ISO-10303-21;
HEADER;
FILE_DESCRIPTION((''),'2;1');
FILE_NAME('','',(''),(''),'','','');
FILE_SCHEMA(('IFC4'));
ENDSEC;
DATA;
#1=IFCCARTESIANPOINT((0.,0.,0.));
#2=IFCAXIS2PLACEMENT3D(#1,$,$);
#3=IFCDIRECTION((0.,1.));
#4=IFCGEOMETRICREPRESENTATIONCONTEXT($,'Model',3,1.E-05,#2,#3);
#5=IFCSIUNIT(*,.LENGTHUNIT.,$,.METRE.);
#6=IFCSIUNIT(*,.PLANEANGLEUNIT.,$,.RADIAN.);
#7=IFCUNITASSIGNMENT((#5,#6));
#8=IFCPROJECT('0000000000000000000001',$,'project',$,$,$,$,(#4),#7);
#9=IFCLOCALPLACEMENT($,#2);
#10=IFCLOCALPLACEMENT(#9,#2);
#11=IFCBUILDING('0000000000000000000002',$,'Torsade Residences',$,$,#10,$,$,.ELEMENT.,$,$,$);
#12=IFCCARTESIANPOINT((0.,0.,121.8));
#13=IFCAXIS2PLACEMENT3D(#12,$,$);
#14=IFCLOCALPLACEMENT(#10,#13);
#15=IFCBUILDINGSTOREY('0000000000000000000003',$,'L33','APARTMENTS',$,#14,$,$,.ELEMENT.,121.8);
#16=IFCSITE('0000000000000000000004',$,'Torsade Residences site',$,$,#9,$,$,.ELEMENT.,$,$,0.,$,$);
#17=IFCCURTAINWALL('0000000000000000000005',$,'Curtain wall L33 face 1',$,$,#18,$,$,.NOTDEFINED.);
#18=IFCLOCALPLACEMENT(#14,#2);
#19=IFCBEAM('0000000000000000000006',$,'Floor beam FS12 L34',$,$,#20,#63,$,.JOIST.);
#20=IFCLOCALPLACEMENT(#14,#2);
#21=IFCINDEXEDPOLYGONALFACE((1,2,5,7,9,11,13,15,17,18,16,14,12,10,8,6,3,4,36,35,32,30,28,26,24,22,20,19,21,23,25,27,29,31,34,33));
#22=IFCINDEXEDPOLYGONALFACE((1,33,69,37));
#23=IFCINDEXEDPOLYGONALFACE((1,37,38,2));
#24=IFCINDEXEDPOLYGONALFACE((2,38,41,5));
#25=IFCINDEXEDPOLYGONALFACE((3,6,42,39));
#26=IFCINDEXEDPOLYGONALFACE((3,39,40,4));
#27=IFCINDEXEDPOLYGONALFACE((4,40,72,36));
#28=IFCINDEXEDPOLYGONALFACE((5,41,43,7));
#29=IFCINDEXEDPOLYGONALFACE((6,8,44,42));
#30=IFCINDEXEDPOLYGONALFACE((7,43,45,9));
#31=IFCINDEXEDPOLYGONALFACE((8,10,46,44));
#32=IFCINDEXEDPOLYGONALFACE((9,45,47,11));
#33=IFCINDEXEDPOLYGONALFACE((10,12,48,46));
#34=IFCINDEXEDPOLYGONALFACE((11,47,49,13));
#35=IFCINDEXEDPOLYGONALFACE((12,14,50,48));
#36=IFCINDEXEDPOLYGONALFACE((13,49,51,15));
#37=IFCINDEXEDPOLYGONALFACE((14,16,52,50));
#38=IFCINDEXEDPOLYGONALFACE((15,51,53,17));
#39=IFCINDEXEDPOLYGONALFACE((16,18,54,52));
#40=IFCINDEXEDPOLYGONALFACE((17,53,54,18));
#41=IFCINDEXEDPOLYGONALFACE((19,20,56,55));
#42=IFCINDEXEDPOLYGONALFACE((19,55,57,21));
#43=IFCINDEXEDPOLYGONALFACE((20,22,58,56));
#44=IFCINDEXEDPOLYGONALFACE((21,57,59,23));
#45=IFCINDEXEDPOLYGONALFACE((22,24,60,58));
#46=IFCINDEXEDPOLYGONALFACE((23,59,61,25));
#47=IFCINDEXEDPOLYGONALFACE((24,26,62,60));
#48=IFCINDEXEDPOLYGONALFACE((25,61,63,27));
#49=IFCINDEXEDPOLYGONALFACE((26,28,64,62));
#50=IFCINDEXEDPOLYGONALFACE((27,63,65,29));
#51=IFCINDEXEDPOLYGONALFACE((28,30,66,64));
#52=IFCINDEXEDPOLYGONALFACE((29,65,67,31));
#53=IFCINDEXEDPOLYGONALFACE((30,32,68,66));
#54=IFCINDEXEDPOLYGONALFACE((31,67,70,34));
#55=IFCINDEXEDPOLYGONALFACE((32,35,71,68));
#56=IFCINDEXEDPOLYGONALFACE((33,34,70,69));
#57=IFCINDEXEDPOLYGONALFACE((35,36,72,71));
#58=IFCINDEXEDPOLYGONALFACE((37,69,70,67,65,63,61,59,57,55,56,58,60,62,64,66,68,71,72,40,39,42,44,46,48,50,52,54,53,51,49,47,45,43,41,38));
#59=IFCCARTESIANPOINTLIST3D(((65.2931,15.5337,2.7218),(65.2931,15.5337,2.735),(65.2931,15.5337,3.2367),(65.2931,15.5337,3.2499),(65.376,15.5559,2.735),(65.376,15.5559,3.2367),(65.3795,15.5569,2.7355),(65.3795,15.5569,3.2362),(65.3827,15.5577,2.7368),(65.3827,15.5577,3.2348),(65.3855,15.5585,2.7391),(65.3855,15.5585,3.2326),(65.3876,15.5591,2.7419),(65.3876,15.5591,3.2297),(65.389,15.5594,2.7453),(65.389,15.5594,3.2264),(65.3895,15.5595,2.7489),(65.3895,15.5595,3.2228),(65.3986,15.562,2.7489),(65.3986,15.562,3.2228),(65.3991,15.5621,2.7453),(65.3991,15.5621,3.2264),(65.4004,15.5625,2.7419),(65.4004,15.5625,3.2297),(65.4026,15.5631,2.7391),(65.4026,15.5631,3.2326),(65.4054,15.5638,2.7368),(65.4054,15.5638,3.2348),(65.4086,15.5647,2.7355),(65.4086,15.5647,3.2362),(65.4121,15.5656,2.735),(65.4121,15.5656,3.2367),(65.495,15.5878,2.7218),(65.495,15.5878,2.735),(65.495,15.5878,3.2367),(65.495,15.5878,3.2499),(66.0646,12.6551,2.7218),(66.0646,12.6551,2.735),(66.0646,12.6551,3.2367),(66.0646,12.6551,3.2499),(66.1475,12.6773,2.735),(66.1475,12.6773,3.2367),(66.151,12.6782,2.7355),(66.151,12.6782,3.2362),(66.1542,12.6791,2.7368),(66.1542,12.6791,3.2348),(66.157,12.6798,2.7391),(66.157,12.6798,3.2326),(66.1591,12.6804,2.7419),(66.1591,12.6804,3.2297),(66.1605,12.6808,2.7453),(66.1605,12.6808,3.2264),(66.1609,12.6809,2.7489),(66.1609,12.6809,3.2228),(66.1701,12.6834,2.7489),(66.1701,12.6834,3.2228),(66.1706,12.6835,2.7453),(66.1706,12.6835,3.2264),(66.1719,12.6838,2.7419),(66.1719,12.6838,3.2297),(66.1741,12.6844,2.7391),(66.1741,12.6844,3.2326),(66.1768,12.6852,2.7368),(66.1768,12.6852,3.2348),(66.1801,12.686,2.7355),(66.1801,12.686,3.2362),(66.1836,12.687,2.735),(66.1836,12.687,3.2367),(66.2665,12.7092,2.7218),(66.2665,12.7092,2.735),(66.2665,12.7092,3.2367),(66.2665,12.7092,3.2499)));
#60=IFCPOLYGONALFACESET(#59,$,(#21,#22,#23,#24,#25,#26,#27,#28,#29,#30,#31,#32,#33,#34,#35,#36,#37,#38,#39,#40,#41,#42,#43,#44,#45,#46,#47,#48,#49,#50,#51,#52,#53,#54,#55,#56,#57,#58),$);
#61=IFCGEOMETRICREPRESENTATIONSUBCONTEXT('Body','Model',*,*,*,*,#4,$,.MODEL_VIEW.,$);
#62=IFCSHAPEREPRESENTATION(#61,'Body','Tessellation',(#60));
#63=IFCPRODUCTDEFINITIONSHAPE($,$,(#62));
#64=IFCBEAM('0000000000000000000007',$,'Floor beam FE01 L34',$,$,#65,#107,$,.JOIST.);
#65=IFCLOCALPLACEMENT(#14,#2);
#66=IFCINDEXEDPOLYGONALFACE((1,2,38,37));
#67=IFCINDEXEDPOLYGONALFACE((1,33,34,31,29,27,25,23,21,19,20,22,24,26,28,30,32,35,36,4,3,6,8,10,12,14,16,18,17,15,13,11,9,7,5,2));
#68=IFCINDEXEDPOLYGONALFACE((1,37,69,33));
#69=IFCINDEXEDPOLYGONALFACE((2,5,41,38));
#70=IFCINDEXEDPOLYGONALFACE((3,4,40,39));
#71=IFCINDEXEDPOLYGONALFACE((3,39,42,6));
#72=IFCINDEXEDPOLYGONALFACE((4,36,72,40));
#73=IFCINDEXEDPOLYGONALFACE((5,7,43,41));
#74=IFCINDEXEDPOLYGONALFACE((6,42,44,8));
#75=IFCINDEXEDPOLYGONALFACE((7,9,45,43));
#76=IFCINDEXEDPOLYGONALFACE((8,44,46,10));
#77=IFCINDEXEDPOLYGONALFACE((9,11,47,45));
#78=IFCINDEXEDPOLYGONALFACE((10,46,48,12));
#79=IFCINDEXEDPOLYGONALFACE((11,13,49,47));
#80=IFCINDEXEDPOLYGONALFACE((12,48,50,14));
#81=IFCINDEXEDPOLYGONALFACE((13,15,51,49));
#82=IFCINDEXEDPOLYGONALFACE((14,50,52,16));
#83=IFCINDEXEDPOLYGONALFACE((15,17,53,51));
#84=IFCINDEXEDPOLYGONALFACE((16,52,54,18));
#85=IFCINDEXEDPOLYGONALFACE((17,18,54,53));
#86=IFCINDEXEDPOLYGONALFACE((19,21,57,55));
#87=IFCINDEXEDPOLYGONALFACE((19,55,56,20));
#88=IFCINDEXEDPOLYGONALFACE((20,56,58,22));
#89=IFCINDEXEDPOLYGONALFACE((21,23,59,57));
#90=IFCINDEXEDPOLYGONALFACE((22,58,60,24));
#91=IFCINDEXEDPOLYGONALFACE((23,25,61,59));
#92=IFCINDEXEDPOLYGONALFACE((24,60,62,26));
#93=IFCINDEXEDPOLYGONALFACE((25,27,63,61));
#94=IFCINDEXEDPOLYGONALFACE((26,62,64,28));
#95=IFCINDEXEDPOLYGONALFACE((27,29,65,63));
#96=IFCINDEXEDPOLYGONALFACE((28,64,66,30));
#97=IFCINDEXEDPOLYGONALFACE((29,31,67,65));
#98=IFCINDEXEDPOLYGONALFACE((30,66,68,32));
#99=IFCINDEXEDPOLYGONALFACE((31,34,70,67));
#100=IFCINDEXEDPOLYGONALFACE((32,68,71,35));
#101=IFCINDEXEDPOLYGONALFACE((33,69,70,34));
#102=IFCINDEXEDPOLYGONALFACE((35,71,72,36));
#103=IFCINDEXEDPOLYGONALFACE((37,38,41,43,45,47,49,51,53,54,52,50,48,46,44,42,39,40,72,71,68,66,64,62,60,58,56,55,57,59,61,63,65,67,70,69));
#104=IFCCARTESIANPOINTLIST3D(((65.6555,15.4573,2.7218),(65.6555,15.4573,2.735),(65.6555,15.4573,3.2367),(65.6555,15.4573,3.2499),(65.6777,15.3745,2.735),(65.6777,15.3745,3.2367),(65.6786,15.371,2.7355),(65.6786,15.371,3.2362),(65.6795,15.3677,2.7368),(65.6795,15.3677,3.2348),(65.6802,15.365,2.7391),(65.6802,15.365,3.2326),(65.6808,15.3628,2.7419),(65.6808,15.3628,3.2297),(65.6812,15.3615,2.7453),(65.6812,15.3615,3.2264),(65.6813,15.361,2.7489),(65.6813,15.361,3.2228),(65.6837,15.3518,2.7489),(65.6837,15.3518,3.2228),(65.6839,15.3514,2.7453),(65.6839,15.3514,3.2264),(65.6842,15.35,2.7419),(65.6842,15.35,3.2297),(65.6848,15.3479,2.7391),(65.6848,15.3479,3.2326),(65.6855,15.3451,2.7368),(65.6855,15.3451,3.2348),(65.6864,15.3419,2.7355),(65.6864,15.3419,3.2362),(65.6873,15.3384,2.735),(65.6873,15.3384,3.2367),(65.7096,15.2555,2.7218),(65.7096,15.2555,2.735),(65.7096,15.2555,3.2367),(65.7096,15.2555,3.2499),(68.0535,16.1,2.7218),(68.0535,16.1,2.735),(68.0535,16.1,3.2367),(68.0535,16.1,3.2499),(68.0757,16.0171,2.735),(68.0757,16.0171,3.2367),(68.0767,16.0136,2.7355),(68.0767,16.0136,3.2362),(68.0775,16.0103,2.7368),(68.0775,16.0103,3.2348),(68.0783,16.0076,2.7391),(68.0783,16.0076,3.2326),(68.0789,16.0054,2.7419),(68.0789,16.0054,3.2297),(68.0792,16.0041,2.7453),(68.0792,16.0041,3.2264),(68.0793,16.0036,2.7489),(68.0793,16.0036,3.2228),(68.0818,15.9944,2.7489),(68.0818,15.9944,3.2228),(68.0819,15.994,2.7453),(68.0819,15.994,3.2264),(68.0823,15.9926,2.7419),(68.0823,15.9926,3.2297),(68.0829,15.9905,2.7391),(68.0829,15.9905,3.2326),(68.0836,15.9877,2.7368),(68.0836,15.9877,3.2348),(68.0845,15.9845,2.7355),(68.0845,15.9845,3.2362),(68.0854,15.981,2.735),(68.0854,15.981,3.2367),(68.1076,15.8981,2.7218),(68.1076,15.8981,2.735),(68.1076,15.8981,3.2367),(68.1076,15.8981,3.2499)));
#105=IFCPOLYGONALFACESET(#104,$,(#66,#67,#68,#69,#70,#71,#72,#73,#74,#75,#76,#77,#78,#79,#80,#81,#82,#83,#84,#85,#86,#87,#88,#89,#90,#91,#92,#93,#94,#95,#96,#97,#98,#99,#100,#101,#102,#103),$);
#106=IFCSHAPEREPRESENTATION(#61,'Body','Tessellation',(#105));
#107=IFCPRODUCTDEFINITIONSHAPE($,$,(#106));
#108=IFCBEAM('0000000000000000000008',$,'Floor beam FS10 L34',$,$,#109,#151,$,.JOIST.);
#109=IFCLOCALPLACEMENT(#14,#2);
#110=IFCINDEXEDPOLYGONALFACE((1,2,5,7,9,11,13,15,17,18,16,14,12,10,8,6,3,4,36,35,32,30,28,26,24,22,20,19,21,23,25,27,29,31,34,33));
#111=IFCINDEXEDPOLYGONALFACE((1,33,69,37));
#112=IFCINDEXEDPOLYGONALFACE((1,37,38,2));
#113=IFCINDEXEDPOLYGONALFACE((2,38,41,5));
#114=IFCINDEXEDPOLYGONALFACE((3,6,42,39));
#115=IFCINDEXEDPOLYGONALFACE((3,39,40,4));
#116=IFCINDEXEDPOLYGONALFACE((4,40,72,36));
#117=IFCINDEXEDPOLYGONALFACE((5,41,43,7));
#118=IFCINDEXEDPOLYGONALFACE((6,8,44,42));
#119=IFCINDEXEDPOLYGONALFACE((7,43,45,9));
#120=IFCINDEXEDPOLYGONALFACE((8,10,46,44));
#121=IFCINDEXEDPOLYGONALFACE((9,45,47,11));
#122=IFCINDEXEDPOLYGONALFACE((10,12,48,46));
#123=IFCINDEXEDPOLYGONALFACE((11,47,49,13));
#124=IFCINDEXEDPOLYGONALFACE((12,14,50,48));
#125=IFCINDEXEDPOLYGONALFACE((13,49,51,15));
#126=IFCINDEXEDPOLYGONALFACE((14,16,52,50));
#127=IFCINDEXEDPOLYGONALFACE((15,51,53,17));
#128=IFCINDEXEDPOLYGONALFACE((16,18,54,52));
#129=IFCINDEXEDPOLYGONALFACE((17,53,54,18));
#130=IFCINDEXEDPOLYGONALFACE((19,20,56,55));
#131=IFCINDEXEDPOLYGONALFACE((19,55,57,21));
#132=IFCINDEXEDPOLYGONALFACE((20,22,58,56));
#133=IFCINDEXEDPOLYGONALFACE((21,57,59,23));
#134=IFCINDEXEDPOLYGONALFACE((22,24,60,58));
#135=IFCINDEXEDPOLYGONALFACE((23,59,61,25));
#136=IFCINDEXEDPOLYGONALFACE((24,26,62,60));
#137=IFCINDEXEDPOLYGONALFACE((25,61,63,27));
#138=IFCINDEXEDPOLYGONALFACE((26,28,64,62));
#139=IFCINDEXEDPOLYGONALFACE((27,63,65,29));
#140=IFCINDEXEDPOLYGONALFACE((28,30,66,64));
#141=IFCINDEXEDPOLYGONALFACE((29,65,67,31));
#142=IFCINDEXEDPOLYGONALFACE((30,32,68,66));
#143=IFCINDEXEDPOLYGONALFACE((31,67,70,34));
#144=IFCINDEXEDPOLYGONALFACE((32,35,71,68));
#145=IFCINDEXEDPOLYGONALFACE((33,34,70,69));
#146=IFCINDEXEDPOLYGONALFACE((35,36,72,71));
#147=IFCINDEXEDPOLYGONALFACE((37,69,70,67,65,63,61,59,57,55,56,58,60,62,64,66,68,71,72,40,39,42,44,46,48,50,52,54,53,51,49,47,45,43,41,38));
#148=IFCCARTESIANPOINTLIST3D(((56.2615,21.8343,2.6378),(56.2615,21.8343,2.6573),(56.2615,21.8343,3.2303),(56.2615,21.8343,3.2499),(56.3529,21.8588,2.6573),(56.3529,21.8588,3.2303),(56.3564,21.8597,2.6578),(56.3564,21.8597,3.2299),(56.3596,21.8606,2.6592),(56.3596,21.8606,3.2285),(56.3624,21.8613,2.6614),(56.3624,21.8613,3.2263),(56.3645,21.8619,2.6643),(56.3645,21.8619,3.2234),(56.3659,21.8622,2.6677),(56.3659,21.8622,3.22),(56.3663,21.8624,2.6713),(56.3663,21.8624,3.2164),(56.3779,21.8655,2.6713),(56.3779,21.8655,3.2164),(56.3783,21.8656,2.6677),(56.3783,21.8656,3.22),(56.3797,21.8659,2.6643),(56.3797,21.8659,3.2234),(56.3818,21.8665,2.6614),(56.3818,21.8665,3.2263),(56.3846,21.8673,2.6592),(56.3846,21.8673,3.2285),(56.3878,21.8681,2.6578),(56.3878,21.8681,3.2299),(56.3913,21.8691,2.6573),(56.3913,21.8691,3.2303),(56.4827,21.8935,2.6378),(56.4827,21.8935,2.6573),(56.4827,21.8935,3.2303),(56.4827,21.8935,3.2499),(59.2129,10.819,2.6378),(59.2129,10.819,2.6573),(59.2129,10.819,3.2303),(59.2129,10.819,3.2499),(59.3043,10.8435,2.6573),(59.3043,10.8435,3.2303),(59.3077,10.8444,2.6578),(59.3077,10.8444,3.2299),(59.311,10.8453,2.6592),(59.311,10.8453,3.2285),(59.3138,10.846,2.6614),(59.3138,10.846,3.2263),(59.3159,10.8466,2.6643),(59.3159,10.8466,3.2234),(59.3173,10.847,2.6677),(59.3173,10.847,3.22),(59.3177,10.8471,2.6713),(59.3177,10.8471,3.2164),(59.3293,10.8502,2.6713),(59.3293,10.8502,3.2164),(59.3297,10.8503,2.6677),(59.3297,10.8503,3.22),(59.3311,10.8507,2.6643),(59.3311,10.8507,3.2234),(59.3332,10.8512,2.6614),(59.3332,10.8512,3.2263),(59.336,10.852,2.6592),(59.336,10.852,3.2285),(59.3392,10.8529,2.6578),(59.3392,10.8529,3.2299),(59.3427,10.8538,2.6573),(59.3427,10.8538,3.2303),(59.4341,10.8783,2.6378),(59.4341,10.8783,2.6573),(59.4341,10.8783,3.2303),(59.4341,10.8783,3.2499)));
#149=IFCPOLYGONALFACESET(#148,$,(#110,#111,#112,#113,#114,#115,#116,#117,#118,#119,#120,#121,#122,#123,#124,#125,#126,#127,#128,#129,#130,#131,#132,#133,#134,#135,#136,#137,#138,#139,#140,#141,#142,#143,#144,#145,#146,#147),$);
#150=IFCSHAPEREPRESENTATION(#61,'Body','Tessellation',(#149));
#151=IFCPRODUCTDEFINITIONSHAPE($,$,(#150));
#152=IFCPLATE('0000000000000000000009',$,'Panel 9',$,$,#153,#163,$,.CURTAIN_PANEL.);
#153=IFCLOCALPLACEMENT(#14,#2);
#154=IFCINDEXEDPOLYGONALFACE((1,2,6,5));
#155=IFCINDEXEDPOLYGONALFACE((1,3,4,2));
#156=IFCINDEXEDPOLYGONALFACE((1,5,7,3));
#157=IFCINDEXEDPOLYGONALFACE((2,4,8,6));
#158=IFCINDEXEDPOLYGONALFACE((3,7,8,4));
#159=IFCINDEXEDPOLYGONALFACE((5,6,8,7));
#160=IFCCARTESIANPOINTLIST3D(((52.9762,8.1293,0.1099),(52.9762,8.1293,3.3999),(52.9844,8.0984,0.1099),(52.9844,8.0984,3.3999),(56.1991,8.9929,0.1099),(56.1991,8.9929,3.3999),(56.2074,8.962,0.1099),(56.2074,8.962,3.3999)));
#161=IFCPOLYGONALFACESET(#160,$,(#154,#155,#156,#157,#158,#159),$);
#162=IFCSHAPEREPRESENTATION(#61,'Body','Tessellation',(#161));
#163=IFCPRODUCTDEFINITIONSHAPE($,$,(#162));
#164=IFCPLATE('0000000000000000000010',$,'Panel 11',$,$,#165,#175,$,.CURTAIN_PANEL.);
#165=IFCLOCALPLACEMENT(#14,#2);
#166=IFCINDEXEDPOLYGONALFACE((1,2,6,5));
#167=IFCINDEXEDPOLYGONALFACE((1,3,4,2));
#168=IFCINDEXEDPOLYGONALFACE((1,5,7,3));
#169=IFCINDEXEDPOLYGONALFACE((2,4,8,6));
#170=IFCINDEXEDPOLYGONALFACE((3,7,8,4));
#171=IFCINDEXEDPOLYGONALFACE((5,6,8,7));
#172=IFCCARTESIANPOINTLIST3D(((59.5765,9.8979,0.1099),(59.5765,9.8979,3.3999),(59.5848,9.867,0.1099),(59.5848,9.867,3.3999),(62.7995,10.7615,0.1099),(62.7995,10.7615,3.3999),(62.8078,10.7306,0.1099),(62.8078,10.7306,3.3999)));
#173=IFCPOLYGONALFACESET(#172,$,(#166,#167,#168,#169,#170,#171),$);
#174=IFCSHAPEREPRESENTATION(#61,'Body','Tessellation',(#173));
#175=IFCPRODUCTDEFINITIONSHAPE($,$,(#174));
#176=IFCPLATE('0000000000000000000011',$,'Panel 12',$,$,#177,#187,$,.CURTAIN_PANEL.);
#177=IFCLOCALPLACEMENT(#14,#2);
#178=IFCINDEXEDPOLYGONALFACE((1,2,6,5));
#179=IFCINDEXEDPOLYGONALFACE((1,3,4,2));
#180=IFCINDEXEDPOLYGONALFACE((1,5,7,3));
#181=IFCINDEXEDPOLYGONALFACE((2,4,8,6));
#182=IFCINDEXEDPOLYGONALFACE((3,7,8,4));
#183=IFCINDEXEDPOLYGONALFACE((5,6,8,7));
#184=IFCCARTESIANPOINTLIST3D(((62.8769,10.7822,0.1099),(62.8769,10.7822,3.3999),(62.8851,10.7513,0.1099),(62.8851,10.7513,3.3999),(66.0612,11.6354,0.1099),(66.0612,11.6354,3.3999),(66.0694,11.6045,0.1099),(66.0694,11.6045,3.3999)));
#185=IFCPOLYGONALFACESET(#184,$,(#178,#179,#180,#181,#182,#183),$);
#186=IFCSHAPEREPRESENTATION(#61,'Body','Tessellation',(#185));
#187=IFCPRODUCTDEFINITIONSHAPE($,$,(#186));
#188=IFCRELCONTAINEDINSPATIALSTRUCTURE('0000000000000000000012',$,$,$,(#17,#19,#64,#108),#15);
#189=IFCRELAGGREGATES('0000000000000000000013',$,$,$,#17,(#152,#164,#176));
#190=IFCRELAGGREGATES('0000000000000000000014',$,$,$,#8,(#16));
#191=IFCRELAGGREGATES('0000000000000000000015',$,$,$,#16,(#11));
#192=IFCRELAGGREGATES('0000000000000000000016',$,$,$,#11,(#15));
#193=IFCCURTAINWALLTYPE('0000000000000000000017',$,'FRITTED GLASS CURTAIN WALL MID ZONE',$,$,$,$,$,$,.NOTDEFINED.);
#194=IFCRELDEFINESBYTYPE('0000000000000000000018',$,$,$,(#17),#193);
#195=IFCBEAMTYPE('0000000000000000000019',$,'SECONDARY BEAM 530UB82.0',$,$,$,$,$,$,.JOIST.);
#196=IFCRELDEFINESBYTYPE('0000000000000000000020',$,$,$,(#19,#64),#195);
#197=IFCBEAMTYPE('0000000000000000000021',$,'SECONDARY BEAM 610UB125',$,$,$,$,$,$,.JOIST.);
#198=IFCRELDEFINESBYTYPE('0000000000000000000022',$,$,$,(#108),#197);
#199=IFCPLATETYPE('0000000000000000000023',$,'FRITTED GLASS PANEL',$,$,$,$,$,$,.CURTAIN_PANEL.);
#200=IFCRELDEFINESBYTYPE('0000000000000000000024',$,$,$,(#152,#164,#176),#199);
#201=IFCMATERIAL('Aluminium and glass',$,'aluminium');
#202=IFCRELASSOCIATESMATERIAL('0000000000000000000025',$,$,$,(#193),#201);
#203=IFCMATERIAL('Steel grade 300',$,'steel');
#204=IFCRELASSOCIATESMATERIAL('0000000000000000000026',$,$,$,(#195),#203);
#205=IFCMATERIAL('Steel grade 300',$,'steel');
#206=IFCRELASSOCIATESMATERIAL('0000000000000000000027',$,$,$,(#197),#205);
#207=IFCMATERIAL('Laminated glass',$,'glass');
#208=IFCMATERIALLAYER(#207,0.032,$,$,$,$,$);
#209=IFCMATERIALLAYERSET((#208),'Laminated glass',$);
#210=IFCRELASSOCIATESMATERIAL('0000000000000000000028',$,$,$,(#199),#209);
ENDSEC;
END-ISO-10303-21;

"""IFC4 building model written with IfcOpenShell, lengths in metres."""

from ifc_helpers import new_model, si_unit, direction, frame, origin, origin_2d, place, context, subcontext, project, spatial, rectangle, i_section, extrude, material, layer, layer_set, material_profile, profile_set, type_object, element, aggregate, save


model = new_model("IFC4")

# Units and contexts
model_context = context("Model", 3, precision=1e-05, world=origin(), true_north=direction((0.0, 1.0)))
body_context = subcontext(model_context, "Body", "Model", "MODEL_VIEW")
ifc_project = project(units=[si_unit("LENGTHUNIT", "METRE"), si_unit("PLANEANGLEUNIT", "RADIAN")], contexts=[model_context])

# Site, building, storey
site_placement = place(None, origin())
site = spatial("IfcSite", under=ifc_project, at=site_placement, Name="Torsade Residences site", CompositionType="ELEMENT", RefElevation=0.0)
building_placement = place(site_placement, origin())
building = spatial("IfcBuilding", under=site, at=building_placement, Name="Torsade Residences", CompositionType="ELEMENT")
storey_placement = place(building_placement, frame((0.0, 0.0, 121.8)))
storey = spatial("IfcBuildingStorey", under=building, at=storey_placement, Name="L33", Description="APARTMENTS", CompositionType="ELEMENT", Elevation=121.8)

# Curtain wall
ifc_material_1 = material(Name="Aluminium and glass", Category="aluminium")
curtain_wall_type = type_object("IfcCurtainWallType", Name="FRITTED GLASS CURTAIN WALL MID ZONE", PredefinedType="NOTDEFINED", material=ifc_material_1)
curtain_wall_placement = place(storey_placement, origin())
curtain_wall = element("IfcCurtainWall", 1, at=curtain_wall_placement, inside=storey, type_object=curtain_wall_type, Name="Curtain wall L33 face 1", PredefinedType="NOTDEFINED")

# Beams
ifc_material_2 = material(Name="Steel grade 300", Category="steel")
ifc_material_profile_1 = material_profile(ifc_material_2, i_section(OverallWidth=0.209, OverallDepth=0.5281, WebThickness=0.0095, FlangeThickness=0.0132, FilletRadius=0.0139, at=origin_2d()), Name="530UB82.0")
ifc_profile_set_1 = profile_set([ifc_material_profile_1], Name="Steel grade 300")
beam_type_1 = type_object("IfcBeamType", Name="SECONDARY BEAM 530UB82.0", PredefinedType="JOIST", material=ifc_profile_set_1)
beam_1_placement = place(storey_placement, frame((66.1655, 12.6821, 2.9858), z_axis=(-0.258866, 0.965913, 0.0), x_axis=(-0.965913, -0.258866, 0.0)))
element("IfcBeam", 2, at=beam_1_placement, inside=storey, type_object=beam_type_1, Name="Floor beam FS12 L34", PredefinedType="JOIST", context=body_context, shape_type="SweptSolid", body=[
    extrude(i_section(OverallWidth=0.209, OverallDepth=0.5281, WebThickness=0.0095, FlangeThickness=0.0132, FilletRadius=0.0139, at=origin_2d()), origin(), (0.0, 0.0, 1.0), 2.9802),
])
beam_2_placement = place(storey_placement, frame((68.0806, 15.999, 2.9858), z_axis=(-0.965921, -0.258838, 0.0), x_axis=(0.258838, -0.965921, 0.0)))
element("IfcBeam", 3, at=beam_2_placement, inside=storey, type_object=beam_type_1, Name="Floor beam FE01 L34", PredefinedType="JOIST", context=body_context, shape_type="SweptSolid", body=[
    extrude(i_section(OverallWidth=0.209, OverallDepth=0.5281, WebThickness=0.0095, FlangeThickness=0.0132, FilletRadius=0.0139, at=origin_2d()), origin(), (0.0, 0.0, 1.0), 2.4827),
])
ifc_material_3 = material(Name="Steel grade 300", Category="steel")
ifc_material_profile_2 = material_profile(ifc_material_3, i_section(OverallWidth=0.229, OverallDepth=0.6121, WebThickness=0.012, FlangeThickness=0.0195, FilletRadius=0.0139, at=origin_2d()), Name="610UB125")
ifc_profile_set_2 = profile_set([ifc_material_profile_2], Name="Steel grade 300")
beam_type_2 = type_object("IfcBeamType", Name="SECONDARY BEAM 610UB125", PredefinedType="JOIST", material=ifc_profile_set_2)
beam_3_placement = place(storey_placement, frame((59.3235, 10.8486, 2.9438), z_axis=(-0.258807, 0.965929, 0.0), x_axis=(-0.965929, -0.258807, 0.0)))
element("IfcBeam", 4, at=beam_3_placement, inside=storey, type_object=beam_type_2, Name="Floor beam FS10 L34", PredefinedType="JOIST", context=body_context, shape_type="SweptSolid", body=[
    extrude(i_section(OverallWidth=0.229, OverallDepth=0.6121, WebThickness=0.012, FlangeThickness=0.0195, FilletRadius=0.0139, at=origin_2d()), origin(), (0.0, 0.0, 1.0), 11.4038),
])

# Plates
ifc_material_4 = material(Name="Laminated glass", Category="glass")
ifc_layer_1 = layer(ifc_material_4, 0.032)
ifc_layer_set_1 = layer_set([ifc_layer_1], Name="Laminated glass")
plate_type_1 = type_object("IfcPlateType", Name="FRITTED GLASS PANEL", PredefinedType="CURTAIN_PANEL", material=ifc_layer_set_1)
plate_1_placement = place(storey_placement, frame((54.5918, 8.5457, 0.1099), z_axis=(0.0, 0.0, 1.0), x_axis=(0.965926, 0.258819, 0.0)))
plate_1 = element("IfcPlate", 5, at=plate_1_placement, type_object=plate_type_1, Name="Panel 9", PredefinedType="CURTAIN_PANEL", context=body_context, shape_type="SweptSolid", body=[
    extrude(rectangle(XDim=3.3367, YDim=0.032, at=origin_2d()), origin(), (0.0, 0.0, 1.0), 3.29),
])
plate_2_placement = place(storey_placement, frame((61.1921, 10.3142, 0.1099), z_axis=(0.0, 0.0, 1.0), x_axis=(0.965926, 0.258819, 0.0)))
plate_2 = element("IfcPlate", 6, at=plate_2_placement, type_object=plate_type_1, Name="Panel 11", PredefinedType="CURTAIN_PANEL", context=body_context, shape_type="SweptSolid", body=[
    extrude(rectangle(XDim=3.3367, YDim=0.032, at=origin_2d()), origin(), (0.0, 0.0, 1.0), 3.29),
])
plate_3_placement = place(storey_placement, frame((64.4731, 11.1934, 0.1099), z_axis=(0.0, 0.0, 1.0), x_axis=(0.965926, 0.258819, 0.0)))
plate_3 = element("IfcPlate", 7, at=plate_3_placement, type_object=plate_type_1, Name="Panel 12", PredefinedType="CURTAIN_PANEL", context=body_context, shape_type="SweptSolid", body=[
    extrude(rectangle(XDim=3.2966, YDim=0.032, at=origin_2d()), origin(), (0.0, 0.0, 1.0), 3.29),
])
aggregate(curtain_wall, [plate_1, plate_2, plate_3])

save(model, "model.ifc")
